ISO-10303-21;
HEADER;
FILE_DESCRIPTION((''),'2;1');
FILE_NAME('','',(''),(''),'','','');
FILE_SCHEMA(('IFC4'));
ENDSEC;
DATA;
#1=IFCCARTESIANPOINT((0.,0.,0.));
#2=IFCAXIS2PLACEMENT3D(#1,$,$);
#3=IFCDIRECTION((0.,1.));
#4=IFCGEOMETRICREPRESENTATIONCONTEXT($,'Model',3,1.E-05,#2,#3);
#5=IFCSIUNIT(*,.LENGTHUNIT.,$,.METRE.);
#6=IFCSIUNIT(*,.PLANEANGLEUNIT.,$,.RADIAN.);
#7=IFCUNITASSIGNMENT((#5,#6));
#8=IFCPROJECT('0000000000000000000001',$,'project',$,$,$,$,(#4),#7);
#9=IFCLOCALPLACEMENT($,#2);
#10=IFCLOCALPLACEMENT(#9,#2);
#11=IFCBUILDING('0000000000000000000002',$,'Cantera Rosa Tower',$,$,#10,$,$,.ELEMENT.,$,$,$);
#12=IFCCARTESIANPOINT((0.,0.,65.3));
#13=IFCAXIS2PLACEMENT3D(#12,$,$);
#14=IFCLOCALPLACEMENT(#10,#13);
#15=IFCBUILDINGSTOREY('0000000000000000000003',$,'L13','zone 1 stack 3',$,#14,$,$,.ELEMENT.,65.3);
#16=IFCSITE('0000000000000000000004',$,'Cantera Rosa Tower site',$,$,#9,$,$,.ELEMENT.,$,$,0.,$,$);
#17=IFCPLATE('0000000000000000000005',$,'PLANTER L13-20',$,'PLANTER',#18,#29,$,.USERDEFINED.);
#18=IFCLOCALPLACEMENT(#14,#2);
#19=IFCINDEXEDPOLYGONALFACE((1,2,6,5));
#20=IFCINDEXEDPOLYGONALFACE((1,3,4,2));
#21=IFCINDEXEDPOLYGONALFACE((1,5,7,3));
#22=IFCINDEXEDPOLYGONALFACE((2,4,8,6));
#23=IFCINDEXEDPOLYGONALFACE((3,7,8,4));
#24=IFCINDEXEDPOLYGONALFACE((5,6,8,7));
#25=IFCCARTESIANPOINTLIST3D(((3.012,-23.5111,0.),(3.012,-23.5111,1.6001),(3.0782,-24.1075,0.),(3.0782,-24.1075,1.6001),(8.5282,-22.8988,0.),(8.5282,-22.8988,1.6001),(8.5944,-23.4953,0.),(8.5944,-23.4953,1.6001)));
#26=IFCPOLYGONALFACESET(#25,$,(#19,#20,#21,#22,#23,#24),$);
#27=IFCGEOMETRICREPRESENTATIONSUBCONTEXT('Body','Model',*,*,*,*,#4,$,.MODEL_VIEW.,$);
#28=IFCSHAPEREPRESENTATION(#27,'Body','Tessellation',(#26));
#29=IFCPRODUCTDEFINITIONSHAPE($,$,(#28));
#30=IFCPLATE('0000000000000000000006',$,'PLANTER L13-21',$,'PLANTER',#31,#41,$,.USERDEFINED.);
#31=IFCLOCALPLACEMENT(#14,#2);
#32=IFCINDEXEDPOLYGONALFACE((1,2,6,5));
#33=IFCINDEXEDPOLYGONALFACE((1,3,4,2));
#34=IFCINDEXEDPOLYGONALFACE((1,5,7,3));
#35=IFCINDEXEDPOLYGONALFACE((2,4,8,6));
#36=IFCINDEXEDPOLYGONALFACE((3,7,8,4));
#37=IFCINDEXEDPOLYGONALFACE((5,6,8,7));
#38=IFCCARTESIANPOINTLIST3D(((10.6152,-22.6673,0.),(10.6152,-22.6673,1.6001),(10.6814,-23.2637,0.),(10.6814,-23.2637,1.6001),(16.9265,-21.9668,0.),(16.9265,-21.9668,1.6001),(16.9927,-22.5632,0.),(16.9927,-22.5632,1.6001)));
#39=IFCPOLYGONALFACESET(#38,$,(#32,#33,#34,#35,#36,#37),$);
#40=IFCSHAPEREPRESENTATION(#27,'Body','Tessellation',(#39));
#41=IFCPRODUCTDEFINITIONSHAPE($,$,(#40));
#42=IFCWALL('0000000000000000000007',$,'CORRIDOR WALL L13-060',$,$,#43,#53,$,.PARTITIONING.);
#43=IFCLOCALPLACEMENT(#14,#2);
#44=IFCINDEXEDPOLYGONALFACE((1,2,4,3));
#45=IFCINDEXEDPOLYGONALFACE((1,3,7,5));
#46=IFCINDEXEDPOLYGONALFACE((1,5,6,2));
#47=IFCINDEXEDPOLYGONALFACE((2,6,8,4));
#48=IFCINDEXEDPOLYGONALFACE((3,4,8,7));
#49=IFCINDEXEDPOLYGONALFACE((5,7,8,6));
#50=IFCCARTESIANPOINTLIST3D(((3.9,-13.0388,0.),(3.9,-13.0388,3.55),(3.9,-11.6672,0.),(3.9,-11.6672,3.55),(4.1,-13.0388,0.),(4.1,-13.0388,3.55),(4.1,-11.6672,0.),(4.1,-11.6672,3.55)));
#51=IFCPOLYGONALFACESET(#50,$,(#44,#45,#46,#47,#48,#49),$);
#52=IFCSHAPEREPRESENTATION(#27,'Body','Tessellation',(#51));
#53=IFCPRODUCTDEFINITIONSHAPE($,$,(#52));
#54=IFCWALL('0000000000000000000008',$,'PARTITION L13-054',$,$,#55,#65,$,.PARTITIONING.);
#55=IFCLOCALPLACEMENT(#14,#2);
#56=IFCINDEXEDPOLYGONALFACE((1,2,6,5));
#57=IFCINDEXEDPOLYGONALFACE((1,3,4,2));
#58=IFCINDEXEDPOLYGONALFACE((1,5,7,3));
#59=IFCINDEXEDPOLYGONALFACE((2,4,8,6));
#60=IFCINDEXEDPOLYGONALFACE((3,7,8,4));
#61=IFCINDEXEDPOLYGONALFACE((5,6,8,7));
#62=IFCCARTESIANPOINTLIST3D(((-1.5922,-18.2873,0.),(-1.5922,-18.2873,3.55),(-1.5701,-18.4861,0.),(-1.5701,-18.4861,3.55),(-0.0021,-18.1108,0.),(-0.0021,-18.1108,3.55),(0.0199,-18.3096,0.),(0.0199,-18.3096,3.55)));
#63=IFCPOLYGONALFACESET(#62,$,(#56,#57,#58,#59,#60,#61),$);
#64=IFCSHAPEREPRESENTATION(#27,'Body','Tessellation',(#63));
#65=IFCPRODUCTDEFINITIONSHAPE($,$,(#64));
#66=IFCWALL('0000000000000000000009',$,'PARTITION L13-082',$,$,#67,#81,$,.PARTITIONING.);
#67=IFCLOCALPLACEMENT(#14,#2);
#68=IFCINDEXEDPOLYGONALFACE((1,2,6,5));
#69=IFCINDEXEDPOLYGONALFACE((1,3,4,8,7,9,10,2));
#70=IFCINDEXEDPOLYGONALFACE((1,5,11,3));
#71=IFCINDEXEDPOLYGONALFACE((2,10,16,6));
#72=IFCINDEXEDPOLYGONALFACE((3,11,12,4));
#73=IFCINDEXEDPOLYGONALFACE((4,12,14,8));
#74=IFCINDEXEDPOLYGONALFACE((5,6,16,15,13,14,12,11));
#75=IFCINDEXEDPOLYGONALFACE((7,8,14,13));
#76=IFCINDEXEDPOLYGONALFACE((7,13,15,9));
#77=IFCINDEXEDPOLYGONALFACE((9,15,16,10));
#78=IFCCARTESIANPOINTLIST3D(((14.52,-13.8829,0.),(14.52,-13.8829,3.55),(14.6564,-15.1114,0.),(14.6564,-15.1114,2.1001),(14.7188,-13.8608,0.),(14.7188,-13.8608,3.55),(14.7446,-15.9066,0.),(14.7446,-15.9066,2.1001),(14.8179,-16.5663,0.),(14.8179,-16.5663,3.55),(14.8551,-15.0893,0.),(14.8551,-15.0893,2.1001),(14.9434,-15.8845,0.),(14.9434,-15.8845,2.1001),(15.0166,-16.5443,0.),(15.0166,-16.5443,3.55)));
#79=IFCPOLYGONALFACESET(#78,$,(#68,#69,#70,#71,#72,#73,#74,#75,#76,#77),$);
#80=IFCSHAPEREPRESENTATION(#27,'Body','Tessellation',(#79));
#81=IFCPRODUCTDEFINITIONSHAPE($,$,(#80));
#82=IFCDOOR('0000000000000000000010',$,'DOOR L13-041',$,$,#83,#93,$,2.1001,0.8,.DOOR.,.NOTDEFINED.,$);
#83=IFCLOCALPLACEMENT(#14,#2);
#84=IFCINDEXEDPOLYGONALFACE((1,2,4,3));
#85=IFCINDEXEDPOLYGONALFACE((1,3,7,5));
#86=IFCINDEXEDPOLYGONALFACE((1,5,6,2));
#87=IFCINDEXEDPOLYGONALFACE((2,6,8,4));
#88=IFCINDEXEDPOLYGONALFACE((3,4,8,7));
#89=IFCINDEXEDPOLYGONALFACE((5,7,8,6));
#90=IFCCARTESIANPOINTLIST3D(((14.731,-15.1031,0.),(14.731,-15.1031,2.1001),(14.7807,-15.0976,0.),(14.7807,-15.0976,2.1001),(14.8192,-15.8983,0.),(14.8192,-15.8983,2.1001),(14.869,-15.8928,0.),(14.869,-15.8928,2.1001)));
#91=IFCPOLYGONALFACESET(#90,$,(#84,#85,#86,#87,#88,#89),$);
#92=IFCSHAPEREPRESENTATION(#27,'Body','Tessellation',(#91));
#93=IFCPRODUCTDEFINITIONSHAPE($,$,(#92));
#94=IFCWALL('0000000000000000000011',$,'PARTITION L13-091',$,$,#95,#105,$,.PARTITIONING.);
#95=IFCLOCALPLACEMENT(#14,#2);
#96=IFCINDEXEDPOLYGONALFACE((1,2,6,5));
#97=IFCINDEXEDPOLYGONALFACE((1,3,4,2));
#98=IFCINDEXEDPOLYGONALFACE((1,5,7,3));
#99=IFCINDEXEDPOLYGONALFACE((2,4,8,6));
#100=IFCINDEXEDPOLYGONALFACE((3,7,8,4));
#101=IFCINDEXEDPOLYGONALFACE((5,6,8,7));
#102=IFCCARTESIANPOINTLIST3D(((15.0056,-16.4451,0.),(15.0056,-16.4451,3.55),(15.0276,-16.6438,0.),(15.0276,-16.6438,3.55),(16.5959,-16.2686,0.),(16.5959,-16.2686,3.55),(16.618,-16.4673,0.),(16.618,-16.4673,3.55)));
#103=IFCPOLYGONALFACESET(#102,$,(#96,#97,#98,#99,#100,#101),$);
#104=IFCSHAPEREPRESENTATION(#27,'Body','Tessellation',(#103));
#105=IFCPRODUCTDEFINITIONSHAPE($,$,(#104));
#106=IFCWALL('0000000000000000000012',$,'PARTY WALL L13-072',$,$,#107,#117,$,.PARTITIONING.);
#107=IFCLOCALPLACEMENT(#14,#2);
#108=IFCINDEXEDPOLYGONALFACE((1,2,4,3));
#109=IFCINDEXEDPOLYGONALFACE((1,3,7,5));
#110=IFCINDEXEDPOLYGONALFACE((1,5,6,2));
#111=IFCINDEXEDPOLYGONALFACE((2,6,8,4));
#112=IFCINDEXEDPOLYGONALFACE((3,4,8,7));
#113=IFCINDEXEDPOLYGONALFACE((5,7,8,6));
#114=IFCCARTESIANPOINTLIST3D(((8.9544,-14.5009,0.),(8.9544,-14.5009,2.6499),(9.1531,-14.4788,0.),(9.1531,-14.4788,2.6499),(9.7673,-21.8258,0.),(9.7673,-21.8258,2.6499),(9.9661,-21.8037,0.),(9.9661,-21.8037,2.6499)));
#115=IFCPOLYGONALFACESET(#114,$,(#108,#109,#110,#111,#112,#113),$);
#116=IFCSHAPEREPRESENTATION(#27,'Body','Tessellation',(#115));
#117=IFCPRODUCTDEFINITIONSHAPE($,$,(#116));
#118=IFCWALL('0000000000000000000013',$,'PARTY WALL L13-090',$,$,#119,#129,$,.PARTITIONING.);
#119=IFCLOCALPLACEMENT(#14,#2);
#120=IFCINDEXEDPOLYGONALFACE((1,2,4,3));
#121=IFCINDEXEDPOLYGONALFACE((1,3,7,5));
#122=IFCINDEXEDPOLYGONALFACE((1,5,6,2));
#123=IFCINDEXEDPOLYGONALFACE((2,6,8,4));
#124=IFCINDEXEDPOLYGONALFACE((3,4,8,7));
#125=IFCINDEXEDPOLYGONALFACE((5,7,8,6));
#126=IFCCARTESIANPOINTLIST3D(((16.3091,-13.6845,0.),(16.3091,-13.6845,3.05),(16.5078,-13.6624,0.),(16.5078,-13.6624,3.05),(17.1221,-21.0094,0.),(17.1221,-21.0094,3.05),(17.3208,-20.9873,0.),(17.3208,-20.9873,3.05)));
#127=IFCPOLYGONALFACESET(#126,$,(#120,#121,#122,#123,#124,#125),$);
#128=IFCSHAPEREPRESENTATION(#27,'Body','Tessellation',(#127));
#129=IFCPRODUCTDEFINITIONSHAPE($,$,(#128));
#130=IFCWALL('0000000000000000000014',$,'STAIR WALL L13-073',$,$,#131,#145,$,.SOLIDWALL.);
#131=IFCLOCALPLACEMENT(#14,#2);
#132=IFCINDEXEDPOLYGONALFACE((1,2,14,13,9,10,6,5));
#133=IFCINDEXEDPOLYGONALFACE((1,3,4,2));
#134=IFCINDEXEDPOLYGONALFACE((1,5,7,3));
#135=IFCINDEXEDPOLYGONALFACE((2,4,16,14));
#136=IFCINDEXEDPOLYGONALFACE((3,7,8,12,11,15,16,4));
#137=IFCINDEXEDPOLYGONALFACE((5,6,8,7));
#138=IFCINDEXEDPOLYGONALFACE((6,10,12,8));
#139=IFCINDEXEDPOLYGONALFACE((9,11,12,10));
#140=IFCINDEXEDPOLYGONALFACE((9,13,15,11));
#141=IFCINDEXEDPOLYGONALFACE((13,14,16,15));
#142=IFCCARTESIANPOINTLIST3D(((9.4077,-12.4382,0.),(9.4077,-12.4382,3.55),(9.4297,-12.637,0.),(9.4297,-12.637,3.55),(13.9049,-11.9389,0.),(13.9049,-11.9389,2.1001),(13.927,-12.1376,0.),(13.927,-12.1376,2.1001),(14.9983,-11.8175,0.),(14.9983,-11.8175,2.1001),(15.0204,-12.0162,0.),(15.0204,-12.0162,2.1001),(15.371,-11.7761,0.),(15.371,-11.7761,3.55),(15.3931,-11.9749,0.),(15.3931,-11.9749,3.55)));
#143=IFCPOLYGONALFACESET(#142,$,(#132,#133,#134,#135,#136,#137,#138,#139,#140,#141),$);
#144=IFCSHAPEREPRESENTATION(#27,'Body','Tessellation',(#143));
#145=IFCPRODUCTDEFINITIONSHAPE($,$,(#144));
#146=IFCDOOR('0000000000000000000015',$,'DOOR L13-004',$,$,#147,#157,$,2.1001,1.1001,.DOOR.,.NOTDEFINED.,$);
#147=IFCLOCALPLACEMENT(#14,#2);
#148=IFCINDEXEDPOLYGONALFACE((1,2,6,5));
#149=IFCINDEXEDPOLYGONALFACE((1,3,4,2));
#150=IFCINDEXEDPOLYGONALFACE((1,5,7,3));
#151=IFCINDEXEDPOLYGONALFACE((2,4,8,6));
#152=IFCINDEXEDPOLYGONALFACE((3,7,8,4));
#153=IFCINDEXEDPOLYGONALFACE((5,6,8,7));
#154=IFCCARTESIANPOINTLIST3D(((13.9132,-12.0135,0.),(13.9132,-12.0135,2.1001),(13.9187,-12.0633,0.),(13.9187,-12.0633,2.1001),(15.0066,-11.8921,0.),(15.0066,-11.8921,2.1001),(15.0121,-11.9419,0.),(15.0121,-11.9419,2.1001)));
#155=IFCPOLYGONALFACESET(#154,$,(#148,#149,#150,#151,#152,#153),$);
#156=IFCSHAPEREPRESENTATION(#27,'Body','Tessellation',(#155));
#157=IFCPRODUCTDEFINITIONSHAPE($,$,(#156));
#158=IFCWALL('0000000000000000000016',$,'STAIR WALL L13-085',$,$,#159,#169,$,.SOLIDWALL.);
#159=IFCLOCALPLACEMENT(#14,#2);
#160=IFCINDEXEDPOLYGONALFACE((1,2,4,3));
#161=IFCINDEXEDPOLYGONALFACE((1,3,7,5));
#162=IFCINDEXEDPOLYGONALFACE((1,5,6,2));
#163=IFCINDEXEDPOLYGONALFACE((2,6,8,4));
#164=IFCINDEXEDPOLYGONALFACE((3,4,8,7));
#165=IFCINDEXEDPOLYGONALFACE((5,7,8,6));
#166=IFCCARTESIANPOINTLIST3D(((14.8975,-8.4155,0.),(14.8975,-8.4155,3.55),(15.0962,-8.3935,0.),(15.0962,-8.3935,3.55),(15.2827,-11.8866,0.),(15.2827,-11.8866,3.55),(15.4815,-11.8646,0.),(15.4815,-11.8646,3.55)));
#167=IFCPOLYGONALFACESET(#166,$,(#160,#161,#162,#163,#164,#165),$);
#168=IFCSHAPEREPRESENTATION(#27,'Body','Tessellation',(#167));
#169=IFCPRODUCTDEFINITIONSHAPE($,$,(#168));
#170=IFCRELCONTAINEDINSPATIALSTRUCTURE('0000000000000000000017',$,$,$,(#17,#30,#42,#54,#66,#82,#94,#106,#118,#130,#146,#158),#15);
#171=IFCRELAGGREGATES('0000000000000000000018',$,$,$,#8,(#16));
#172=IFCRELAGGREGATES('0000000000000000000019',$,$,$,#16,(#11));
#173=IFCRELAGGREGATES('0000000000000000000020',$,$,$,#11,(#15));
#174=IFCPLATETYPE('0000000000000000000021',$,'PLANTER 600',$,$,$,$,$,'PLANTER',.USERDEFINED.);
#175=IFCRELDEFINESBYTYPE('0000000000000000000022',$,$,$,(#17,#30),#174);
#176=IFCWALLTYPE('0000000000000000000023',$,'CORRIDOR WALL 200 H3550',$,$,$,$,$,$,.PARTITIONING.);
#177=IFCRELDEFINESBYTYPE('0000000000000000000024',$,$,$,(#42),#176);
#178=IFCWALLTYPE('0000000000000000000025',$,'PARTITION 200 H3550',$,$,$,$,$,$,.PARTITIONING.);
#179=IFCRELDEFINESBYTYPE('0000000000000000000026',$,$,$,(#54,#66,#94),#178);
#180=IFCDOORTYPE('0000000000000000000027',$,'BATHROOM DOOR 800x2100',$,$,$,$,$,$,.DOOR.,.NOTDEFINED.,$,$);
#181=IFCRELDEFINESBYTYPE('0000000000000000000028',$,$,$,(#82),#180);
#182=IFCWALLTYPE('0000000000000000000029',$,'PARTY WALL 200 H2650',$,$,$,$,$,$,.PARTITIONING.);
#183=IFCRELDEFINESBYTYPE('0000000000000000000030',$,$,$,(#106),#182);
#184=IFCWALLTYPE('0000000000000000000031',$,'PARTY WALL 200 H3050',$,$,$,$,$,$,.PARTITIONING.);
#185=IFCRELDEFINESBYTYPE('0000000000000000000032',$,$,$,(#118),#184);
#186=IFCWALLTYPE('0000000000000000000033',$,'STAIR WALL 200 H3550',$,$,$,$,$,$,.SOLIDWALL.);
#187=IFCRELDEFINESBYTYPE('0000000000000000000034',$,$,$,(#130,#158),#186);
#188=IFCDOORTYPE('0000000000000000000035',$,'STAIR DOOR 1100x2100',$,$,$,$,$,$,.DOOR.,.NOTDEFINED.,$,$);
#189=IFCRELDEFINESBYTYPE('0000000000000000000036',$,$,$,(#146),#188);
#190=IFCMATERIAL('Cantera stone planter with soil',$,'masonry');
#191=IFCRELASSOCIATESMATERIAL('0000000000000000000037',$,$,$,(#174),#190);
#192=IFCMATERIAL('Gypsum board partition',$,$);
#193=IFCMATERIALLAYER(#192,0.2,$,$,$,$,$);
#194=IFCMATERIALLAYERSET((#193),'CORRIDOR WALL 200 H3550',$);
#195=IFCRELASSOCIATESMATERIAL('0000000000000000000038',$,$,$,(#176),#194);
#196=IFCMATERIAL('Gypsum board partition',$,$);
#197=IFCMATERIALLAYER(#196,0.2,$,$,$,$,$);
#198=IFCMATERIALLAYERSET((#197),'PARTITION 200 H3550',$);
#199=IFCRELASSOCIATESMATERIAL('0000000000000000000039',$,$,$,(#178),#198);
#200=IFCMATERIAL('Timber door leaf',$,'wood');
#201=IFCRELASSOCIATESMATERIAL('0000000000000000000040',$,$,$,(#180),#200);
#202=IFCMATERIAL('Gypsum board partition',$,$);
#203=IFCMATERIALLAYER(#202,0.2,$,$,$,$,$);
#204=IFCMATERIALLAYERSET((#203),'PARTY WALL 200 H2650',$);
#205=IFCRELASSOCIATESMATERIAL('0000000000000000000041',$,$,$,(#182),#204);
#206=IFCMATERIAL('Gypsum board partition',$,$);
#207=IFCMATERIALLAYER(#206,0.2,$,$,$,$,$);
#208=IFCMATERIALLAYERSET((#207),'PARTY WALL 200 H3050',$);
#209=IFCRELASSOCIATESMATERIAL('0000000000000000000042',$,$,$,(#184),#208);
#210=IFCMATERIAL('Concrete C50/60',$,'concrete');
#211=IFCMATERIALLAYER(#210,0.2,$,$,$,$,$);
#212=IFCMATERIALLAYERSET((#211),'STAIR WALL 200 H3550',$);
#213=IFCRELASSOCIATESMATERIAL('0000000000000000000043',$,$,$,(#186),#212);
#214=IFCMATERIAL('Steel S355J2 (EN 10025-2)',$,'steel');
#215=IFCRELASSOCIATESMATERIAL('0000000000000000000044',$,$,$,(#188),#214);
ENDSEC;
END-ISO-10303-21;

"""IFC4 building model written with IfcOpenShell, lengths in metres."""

from ifc_helpers import new_model, si_unit, direction, frame, frame_2d, origin, origin_2d, place, context, subcontext, project, spatial, rectangle, extrude, material, layer, layer_set, type_object, element, fill, save


model = new_model("IFC4")

# Units and contexts
model_context = context("Model", 3, precision=1e-05, world=origin(), true_north=direction((0.0, 1.0)))
body_context = subcontext(model_context, "Body", "Model", "MODEL_VIEW")
ifc_project = project(units=[si_unit("LENGTHUNIT", "METRE"), si_unit("PLANEANGLEUNIT", "RADIAN")], contexts=[model_context])

# Site, building, storey
site_placement = place(None, origin())
site = spatial("IfcSite", under=ifc_project, at=site_placement, Name="Cantera Rosa Tower site", CompositionType="ELEMENT", RefElevation=0.0)
building_placement = place(site_placement, origin())
building = spatial("IfcBuilding", under=site, at=building_placement, Name="Cantera Rosa Tower", CompositionType="ELEMENT")
storey_placement = place(building_placement, frame((0.0, 0.0, 65.3)))
storey = spatial("IfcBuildingStorey", under=building, at=storey_placement, Name="L13", Description="zone 1 stack 3", CompositionType="ELEMENT", Elevation=65.3)

# Plates
ifc_material_1 = material(Name="Cantera stone planter with soil", Category="masonry")
plate_type = type_object("IfcPlateType", Name="PLANTER 600", ElementType="PLANTER", PredefinedType="USERDEFINED", material=ifc_material_1)
plate_1_placement = place(storey_placement, frame((5.8032, -23.5032, 0.0), z_axis=(0.0, 0.0, 1.0), x_axis=(0.993897, 0.110313, 0.0)))
element("IfcPlate", 1, at=plate_1_placement, inside=storey, type_object=plate_type, Name="PLANTER L13-20", ObjectType="PLANTER", PredefinedType="USERDEFINED", context=body_context, shape_type="SweptSolid", body=[
    extrude(rectangle(XDim=5.55, YDim=0.6001, at=origin_2d()), origin(), (0.0, 0.0, 1.0), 1.6001),
])
plate_2_placement = place(storey_placement, frame((13.804, -22.6152, 0.0), z_axis=(0.0, 0.0, 1.0), x_axis=(0.993897, 0.110313, 0.0)))
element("IfcPlate", 2, at=plate_2_placement, inside=storey, type_object=plate_type, Name="PLANTER L13-21", ObjectType="PLANTER", PredefinedType="USERDEFINED", context=body_context, shape_type="SweptSolid", body=[
    extrude(rectangle(XDim=6.3501, YDim=0.6001, at=origin_2d()), origin(), (0.0, 0.0, 1.0), 1.6001),
])

# Wall
ifc_material_2 = material(Name="Gypsum board partition")
ifc_layer_1 = layer(ifc_material_2, 0.2)
ifc_layer_set_1 = layer_set([ifc_layer_1], Name="CORRIDOR WALL 200 H3550")
wall_type_1 = type_object("IfcWallType", Name="CORRIDOR WALL 200 H3550", PredefinedType="PARTITIONING", material=ifc_layer_set_1)
wall_1_placement = place(storey_placement, frame((4.0, -13.0388, 0.0), z_axis=(0.0, 0.0, 1.0), x_axis=(0.0, 1.0, 0.0)))
element("IfcWall", 3, at=wall_1_placement, inside=storey, type_object=wall_type_1, Name="CORRIDOR WALL L13-060", PredefinedType="PARTITIONING", context=body_context, shape_type="SweptSolid", body=[
    extrude(rectangle(XDim=1.3716, YDim=0.2, at=frame_2d((0.6858, 0.0))), origin(), (0.0, 0.0, 1.0), 3.55),
])

# Wall
ifc_material_3 = material(Name="Gypsum board partition")
ifc_layer_2 = layer(ifc_material_3, 0.2)
ifc_layer_set_2 = layer_set([ifc_layer_2], Name="PARTITION 200 H3550")
wall_type_2 = type_object("IfcWallType", Name="PARTITION 200 H3550", PredefinedType="PARTITIONING", material=ifc_layer_set_2)
wall_2_placement = place(storey_placement, frame((0.0088, -18.2102, 0.0), z_axis=(0.0, 0.0, 1.0), x_axis=(-0.993895, -0.110331, 0.0)))
element("IfcWall", 4, at=wall_2_placement, inside=storey, type_object=wall_type_2, Name="PARTITION L13-054", PredefinedType="PARTITIONING", context=body_context, shape_type="SweptSolid", body=[
    extrude(rectangle(XDim=1.5999, YDim=0.2, at=frame_2d((0.7998, 0.0))), origin(), (0.0, 0.0, 1.0), 3.55),
])

# Wall, opening, door
wall_3_placement = place(storey_placement, frame((14.9172, -16.5554, 0.0), z_axis=(0.0, 0.0, 1.0), x_axis=(-0.110312, 0.993897, 0.0)))
wall_3 = element("IfcWall", 5, at=wall_3_placement, inside=storey, type_object=wall_type_2, Name="PARTITION L13-082", PredefinedType="PARTITIONING", context=body_context, shape_type="SweptSolid", body=[
    extrude(rectangle(XDim=2.7, YDim=0.2, at=frame_2d((1.3501, 0.0))), origin(), (0.0, 0.0, 1.0), 3.55),
])
opening_1_placement = place(wall_3_placement, frame((0.6641, 0.0, 0.0)))
opening_1 = element("IfcOpeningElement", 6, at=opening_1_placement, cuts=wall_3, PredefinedType="OPENING", context=body_context, shape_type="SweptSolid", body=[
    extrude(rectangle(XDim=0.8, YDim=2.1001, at=frame_2d((0.3999, 1.05))), frame((0.0, 0.1099, 0.0), z_axis=(0.0, -1.0, 0.0), x_axis=(1.0, 0.0, 0.0)), (0.0, 0.0, 1.0), 0.22),
])
ifc_material_4 = material(Name="Timber door leaf", Category="wood")
door_type_1 = type_object("IfcDoorType", Name="BATHROOM DOOR 800x2100", OperationType="NOTDEFINED", PredefinedType="DOOR", material=ifc_material_4)
door_1_placement = place(opening_1_placement, origin())
door_1 = element("IfcDoor", 7, at=door_1_placement, inside=storey, type_object=door_type_1, Name="DOOR L13-041", OperationType="NOTDEFINED", OverallHeight=2.1001, OverallWidth=0.8, PredefinedType="DOOR", context=body_context, shape_type="SweptSolid", body=[
    extrude(rectangle(XDim=0.8, YDim=2.1001, at=frame_2d((0.3999, 1.05))), frame((0.0, 0.0249, 0.0), z_axis=(0.0, -1.0, 0.0), x_axis=(1.0, 0.0, 0.0)), (0.0, 0.0, 1.0), 0.05),
])
fill(opening_1, door_1)

# Walls
wall_4_placement = place(storey_placement, frame((16.6069, -16.3679, 0.0), z_axis=(0.0, 0.0, 1.0), x_axis=(-0.993897, -0.110314, 0.0)))
element("IfcWall", 8, at=wall_4_placement, inside=storey, type_object=wall_type_2, Name="PARTITION L13-091", PredefinedType="PARTITIONING", context=body_context, shape_type="SweptSolid", body=[
    extrude(rectangle(XDim=1.6001, YDim=0.2, at=frame_2d((0.8, 0.0))), origin(), (0.0, 0.0, 1.0), 3.55),
])
ifc_material_5 = material(Name="Gypsum board partition")
ifc_layer_3 = layer(ifc_material_5, 0.2)
ifc_layer_set_3 = layer_set([ifc_layer_3], Name="PARTY WALL 200 H2650")
wall_type_3 = type_object("IfcWallType", Name="PARTY WALL 200 H2650", PredefinedType="PARTITIONING", material=ifc_layer_set_3)
wall_5_placement = place(storey_placement, frame((9.0537, -14.4897, 0.0), z_axis=(0.0, 0.0, 1.0), x_axis=(0.110312, -0.993897, 0.0)))
element("IfcWall", 9, at=wall_5_placement, inside=storey, type_object=wall_type_3, Name="PARTY WALL L13-072", PredefinedType="PARTITIONING", context=body_context, shape_type="SweptSolid", body=[
    extrude(rectangle(XDim=7.3699, YDim=0.2, at=frame_2d((3.6851, 0.0))), origin(), (0.0, 0.0, 1.0), 2.6499),
])
ifc_material_6 = material(Name="Gypsum board partition")
ifc_layer_4 = layer(ifc_material_6, 0.2)
ifc_layer_set_4 = layer_set([ifc_layer_4], Name="PARTY WALL 200 H3050")
wall_type_4 = type_object("IfcWallType", Name="PARTY WALL 200 H3050", PredefinedType="PARTITIONING", material=ifc_layer_set_4)
wall_6_placement = place(storey_placement, frame((16.4084, -13.6733, 0.0), z_axis=(0.0, 0.0, 1.0), x_axis=(0.110312, -0.993897, 0.0)))
element("IfcWall", 10, at=wall_6_placement, inside=storey, type_object=wall_type_4, Name="PARTY WALL L13-090", PredefinedType="PARTITIONING", context=body_context, shape_type="SweptSolid", body=[
    extrude(rectangle(XDim=7.3699, YDim=0.2, at=frame_2d((3.6851, 0.0))), origin(), (0.0, 0.0, 1.0), 3.05),
])

# Wall, opening, door
ifc_material_7 = material(Name="Concrete C50/60", Category="concrete")
ifc_layer_5 = layer(ifc_material_7, 0.2)
ifc_layer_set_5 = layer_set([ifc_layer_5], Name="STAIR WALL 200 H3550")
wall_type_5 = type_object("IfcWallType", Name="STAIR WALL 200 H3550", PredefinedType="SOLIDWALL", material=ifc_layer_set_5)
wall_7_placement = place(storey_placement, frame((9.4187, -12.5376, 0.0), z_axis=(0.0, 0.0, 1.0), x_axis=(0.993893, 0.110351, 0.0)))
wall_7 = element("IfcWall", 11, at=wall_7_placement, inside=storey, type_object=wall_type_5, Name="STAIR WALL L13-073", PredefinedType="SOLIDWALL", context=body_context, shape_type="SweptSolid", body=[
    extrude(rectangle(XDim=6.0, YDim=0.2, at=frame_2d((3.0, 0.0))), origin(), (0.0, 0.0, 1.0), 3.55),
])
opening_2_placement = place(wall_7_placement, frame((4.5249, 0.0, 0.0)))
opening_2 = element("IfcOpeningElement", 12, at=opening_2_placement, cuts=wall_7, PredefinedType="OPENING", context=body_context, shape_type="SweptSolid", body=[
    extrude(rectangle(XDim=1.1001, YDim=2.1001, at=frame_2d((0.55, 1.05))), frame((0.0, 0.1099, 0.0), z_axis=(0.0, -1.0, 0.0), x_axis=(1.0, 0.0, 0.0)), (0.0, 0.0, 1.0), 0.22),
])
ifc_material_8 = material(Name="Steel S355J2 (EN 10025-2)", Category="steel")
door_type_2 = type_object("IfcDoorType", Name="STAIR DOOR 1100x2100", OperationType="NOTDEFINED", PredefinedType="DOOR", material=ifc_material_8)
door_2_placement = place(opening_2_placement, origin())
door_2 = element("IfcDoor", 13, at=door_2_placement, inside=storey, type_object=door_type_2, Name="DOOR L13-004", OperationType="NOTDEFINED", OverallHeight=2.1001, OverallWidth=1.1001, PredefinedType="DOOR", context=body_context, shape_type="SweptSolid", body=[
    extrude(rectangle(XDim=1.1001, YDim=2.1001, at=frame_2d((0.55, 1.05))), frame((0.0, 0.0249, 0.0), z_axis=(0.0, -1.0, 0.0), x_axis=(1.0, 0.0, 0.0)), (0.0, 0.0, 1.0), 0.05),
])
fill(opening_2, door_2)

# Wall
wall_8_placement = place(storey_placement, frame((15.3821, -11.8755, 0.0), z_axis=(0.0, 0.0, 1.0), x_axis=(-0.110309, 0.993897, 0.0)))
element("IfcWall", 14, at=wall_8_placement, inside=storey, type_object=wall_type_5, Name="STAIR WALL L13-085", PredefinedType="SOLIDWALL", context=body_context, shape_type="SweptSolid", body=[
    extrude(rectangle(XDim=3.4924, YDim=0.2, at=frame_2d((1.7461, 0.0))), origin(), (0.0, 0.0, 1.0), 3.55),
])

save(model, "model.ifc")
